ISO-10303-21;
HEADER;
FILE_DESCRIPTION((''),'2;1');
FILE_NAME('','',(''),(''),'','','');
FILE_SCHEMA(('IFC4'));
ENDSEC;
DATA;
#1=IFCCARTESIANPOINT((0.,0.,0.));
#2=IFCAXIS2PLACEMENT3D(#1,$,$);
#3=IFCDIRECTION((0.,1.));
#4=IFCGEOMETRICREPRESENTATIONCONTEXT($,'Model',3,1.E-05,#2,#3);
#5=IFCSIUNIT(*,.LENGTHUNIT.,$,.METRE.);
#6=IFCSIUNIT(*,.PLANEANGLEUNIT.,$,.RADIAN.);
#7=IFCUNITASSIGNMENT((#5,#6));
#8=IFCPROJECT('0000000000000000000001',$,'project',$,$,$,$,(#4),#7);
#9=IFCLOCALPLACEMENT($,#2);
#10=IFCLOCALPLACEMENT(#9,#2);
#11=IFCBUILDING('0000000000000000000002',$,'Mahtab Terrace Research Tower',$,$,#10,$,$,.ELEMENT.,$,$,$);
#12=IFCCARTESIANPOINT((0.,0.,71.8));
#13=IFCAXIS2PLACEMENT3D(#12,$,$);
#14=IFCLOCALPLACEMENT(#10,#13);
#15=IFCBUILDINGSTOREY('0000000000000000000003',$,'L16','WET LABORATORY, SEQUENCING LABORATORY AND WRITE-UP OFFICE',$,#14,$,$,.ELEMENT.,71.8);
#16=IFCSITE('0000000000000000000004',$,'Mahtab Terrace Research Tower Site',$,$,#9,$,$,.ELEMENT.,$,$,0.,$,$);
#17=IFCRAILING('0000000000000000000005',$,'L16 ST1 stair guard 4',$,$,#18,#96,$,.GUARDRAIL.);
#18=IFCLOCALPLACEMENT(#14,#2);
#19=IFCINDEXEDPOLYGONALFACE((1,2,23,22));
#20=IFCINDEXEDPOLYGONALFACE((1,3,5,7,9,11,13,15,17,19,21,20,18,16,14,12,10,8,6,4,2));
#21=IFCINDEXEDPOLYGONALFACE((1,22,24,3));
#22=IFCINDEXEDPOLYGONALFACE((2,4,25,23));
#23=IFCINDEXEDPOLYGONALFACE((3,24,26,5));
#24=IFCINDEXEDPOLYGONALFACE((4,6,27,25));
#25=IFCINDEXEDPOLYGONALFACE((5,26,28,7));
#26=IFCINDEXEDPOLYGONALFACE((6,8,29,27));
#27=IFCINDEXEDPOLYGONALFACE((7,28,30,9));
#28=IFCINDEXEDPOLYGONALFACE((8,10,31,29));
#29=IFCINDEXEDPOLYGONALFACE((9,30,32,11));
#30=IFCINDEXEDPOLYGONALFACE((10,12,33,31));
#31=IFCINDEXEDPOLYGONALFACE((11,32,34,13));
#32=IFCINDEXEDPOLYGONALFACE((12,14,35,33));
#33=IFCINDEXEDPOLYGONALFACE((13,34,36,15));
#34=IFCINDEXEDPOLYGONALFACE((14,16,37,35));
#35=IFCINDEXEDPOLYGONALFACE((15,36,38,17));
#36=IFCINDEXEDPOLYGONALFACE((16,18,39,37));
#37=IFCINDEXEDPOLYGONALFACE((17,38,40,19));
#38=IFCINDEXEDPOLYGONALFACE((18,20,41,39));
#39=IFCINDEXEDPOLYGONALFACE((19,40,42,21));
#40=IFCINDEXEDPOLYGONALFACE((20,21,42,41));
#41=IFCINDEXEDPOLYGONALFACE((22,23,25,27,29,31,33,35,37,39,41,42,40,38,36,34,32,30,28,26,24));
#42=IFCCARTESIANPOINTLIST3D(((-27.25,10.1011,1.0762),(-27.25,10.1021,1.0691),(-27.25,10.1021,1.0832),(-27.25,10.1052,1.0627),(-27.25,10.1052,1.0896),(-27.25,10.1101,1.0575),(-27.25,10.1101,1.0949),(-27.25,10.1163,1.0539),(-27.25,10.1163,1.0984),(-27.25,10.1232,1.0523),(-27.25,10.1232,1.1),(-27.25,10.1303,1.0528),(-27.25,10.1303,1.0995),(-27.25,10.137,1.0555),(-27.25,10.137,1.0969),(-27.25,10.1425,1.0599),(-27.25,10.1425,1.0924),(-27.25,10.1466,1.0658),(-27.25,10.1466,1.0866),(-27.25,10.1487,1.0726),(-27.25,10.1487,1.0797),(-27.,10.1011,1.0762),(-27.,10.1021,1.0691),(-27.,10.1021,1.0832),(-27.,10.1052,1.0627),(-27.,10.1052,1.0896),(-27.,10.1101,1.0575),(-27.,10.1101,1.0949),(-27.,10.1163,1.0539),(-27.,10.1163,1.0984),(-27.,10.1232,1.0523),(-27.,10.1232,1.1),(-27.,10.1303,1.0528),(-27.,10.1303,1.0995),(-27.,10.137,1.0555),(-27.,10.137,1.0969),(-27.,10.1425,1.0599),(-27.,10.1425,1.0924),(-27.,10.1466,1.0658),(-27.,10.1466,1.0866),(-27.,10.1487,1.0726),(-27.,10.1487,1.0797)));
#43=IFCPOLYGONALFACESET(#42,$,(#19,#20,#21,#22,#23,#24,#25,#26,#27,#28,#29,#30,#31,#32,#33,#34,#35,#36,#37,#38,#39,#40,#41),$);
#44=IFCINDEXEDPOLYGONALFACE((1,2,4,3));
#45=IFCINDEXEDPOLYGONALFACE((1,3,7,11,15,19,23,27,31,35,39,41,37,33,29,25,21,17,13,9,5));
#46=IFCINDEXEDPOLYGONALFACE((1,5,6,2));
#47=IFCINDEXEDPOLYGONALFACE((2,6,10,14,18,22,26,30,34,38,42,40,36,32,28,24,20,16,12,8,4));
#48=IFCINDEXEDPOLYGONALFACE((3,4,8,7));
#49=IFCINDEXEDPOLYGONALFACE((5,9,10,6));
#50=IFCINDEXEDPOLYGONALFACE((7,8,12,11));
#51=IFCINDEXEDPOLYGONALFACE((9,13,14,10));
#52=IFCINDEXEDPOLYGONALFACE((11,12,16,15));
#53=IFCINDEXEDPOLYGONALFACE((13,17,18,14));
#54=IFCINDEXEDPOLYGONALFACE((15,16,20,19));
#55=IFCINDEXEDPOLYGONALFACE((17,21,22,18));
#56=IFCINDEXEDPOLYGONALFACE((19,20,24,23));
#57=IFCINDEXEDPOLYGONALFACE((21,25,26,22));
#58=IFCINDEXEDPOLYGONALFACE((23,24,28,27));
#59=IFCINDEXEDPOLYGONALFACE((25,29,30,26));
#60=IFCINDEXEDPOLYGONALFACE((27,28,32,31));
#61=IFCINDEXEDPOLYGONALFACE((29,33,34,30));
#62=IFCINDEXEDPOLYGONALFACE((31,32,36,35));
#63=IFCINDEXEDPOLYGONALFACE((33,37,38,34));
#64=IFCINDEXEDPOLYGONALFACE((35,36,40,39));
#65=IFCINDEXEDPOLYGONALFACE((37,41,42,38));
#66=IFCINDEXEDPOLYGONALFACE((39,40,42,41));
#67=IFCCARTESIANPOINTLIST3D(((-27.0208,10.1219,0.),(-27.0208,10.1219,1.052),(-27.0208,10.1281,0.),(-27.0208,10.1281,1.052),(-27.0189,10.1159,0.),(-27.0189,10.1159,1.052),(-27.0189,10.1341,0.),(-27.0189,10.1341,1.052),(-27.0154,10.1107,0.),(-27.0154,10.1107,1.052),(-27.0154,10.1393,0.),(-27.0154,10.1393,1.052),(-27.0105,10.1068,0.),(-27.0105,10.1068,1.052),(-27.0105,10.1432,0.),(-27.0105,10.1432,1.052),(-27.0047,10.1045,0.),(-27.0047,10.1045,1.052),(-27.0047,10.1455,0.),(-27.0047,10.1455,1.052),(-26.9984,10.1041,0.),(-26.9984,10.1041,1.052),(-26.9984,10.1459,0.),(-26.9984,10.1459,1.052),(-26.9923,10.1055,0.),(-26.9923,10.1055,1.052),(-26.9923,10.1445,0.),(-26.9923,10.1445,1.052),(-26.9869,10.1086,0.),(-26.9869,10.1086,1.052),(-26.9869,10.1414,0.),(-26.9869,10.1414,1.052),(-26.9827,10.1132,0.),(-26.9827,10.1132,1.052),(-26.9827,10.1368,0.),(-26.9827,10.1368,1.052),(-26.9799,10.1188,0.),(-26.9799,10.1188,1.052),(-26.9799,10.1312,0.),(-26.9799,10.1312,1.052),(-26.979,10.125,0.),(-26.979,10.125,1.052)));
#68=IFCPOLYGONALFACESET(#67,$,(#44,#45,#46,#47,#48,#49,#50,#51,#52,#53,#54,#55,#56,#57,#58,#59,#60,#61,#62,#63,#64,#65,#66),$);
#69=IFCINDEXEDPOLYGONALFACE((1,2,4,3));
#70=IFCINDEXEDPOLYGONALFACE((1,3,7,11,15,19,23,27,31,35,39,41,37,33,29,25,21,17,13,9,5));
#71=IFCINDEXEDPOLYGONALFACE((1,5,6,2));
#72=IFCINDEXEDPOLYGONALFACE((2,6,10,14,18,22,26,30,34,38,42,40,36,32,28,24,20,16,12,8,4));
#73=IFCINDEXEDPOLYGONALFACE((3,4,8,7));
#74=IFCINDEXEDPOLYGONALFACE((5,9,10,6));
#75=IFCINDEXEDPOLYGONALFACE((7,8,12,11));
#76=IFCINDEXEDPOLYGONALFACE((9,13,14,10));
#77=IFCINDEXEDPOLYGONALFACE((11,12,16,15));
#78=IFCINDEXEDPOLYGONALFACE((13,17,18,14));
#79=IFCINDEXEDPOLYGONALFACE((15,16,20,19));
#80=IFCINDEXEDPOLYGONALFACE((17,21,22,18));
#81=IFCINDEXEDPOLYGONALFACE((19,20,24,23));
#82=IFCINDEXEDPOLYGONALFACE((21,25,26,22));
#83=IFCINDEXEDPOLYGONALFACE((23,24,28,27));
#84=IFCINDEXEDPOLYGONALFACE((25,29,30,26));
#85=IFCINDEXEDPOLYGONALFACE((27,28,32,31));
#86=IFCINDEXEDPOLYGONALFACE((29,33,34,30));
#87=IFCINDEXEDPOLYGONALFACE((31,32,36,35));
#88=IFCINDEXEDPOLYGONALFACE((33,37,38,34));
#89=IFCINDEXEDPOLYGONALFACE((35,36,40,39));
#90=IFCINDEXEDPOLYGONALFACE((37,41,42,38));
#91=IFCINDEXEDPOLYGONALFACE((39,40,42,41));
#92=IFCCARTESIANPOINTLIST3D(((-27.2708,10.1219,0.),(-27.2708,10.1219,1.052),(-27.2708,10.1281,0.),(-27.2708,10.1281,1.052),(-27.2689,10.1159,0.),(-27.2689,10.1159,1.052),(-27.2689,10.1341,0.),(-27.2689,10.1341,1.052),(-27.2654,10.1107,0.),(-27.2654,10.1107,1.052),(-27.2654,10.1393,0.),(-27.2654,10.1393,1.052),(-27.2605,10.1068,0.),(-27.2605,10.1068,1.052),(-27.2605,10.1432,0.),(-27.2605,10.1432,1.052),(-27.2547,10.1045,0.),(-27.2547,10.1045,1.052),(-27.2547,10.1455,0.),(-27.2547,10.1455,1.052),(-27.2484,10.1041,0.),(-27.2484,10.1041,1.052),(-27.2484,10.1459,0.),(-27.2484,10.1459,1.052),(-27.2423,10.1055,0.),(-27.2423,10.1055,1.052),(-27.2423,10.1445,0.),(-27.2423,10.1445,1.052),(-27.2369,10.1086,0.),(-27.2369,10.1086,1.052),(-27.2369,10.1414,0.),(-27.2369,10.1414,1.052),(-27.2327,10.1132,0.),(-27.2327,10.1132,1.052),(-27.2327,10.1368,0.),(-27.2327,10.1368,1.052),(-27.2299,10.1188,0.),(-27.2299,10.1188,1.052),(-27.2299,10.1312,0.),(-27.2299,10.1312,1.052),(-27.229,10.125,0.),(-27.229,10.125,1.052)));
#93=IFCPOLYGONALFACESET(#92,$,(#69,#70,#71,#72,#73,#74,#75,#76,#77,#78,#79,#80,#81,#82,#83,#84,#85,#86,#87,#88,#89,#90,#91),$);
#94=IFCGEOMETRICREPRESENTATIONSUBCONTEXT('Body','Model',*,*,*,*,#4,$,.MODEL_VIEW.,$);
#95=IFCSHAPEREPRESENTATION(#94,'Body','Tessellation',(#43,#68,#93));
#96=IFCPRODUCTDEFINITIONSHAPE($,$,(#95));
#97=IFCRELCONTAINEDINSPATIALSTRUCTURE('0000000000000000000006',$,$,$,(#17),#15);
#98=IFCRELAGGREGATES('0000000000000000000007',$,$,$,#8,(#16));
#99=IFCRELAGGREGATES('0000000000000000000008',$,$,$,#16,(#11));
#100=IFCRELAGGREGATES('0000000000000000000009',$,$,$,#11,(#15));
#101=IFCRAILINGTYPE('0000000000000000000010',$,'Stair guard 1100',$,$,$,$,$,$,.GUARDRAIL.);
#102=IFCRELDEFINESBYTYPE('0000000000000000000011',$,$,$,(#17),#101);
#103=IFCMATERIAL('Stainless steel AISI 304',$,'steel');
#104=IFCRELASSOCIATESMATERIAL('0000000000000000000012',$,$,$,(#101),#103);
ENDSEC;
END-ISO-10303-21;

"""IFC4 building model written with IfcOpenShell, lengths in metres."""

from ifc_helpers import new_model, si_unit, direction, frame, origin, origin_2d, place, context, subcontext, project, spatial, circle, extrude, material, type_object, element, save


model = new_model("IFC4")

# Units and contexts
model_context = context("Model", 3, precision=1e-05, world=origin(), true_north=direction((0.0, 1.0)))
body_context = subcontext(model_context, "Body", "Model", "MODEL_VIEW")
ifc_project = project(units=[si_unit("LENGTHUNIT", "METRE"), si_unit("PLANEANGLEUNIT", "RADIAN")], contexts=[model_context])

# Site, building, storey
site_placement = place(None, origin())
site = spatial("IfcSite", under=ifc_project, at=site_placement, Name="Mahtab Terrace Research Tower Site", CompositionType="ELEMENT", RefElevation=0.0)
building_placement = place(site_placement, origin())
building = spatial("IfcBuilding", under=site, at=building_placement, Name="Mahtab Terrace Research Tower", CompositionType="ELEMENT")
storey_placement = place(building_placement, frame((0.0, 0.0, 71.8)))
storey = spatial("IfcBuildingStorey", under=building, at=storey_placement, Name="L16", Description="WET LABORATORY, SEQUENCING LABORATORY AND WRITE-UP OFFICE", CompositionType="ELEMENT", Elevation=71.8)

# Railing
ifc_material_1 = material(Name="Stainless steel AISI 304", Category="steel")
railing_type_1 = type_object("IfcRailingType", Name="Stair guard 1100", PredefinedType="GUARDRAIL", material=ifc_material_1)
railing_1_placement = place(storey_placement, frame((-27.0, 10.125, 0.0)))
element("IfcRailing", 1, at=railing_1_placement, inside=storey, type_object=railing_type_1, Name="L16 ST1 stair guard 4", PredefinedType="GUARDRAIL", context=body_context, shape_type="SweptSolid", body=[
    extrude(circle(Radius=0.0239, at=origin_2d()), frame((0.0, 0.0, 1.0762), z_axis=(-1.0, 0.0, 0.0), x_axis=(0.0, -1.0, 0.0)), (0.0, 0.0, 1.0), 0.25),
    extrude(circle(Radius=0.021, at=origin_2d()), origin(), (0.0, 0.0, 1.0), 1.052),
    extrude(circle(Radius=0.021, at=origin_2d()), frame((-0.25, 0.0, 0.0)), (0.0, 0.0, 1.0), 1.052),
])

save(model, "model.ifc")
